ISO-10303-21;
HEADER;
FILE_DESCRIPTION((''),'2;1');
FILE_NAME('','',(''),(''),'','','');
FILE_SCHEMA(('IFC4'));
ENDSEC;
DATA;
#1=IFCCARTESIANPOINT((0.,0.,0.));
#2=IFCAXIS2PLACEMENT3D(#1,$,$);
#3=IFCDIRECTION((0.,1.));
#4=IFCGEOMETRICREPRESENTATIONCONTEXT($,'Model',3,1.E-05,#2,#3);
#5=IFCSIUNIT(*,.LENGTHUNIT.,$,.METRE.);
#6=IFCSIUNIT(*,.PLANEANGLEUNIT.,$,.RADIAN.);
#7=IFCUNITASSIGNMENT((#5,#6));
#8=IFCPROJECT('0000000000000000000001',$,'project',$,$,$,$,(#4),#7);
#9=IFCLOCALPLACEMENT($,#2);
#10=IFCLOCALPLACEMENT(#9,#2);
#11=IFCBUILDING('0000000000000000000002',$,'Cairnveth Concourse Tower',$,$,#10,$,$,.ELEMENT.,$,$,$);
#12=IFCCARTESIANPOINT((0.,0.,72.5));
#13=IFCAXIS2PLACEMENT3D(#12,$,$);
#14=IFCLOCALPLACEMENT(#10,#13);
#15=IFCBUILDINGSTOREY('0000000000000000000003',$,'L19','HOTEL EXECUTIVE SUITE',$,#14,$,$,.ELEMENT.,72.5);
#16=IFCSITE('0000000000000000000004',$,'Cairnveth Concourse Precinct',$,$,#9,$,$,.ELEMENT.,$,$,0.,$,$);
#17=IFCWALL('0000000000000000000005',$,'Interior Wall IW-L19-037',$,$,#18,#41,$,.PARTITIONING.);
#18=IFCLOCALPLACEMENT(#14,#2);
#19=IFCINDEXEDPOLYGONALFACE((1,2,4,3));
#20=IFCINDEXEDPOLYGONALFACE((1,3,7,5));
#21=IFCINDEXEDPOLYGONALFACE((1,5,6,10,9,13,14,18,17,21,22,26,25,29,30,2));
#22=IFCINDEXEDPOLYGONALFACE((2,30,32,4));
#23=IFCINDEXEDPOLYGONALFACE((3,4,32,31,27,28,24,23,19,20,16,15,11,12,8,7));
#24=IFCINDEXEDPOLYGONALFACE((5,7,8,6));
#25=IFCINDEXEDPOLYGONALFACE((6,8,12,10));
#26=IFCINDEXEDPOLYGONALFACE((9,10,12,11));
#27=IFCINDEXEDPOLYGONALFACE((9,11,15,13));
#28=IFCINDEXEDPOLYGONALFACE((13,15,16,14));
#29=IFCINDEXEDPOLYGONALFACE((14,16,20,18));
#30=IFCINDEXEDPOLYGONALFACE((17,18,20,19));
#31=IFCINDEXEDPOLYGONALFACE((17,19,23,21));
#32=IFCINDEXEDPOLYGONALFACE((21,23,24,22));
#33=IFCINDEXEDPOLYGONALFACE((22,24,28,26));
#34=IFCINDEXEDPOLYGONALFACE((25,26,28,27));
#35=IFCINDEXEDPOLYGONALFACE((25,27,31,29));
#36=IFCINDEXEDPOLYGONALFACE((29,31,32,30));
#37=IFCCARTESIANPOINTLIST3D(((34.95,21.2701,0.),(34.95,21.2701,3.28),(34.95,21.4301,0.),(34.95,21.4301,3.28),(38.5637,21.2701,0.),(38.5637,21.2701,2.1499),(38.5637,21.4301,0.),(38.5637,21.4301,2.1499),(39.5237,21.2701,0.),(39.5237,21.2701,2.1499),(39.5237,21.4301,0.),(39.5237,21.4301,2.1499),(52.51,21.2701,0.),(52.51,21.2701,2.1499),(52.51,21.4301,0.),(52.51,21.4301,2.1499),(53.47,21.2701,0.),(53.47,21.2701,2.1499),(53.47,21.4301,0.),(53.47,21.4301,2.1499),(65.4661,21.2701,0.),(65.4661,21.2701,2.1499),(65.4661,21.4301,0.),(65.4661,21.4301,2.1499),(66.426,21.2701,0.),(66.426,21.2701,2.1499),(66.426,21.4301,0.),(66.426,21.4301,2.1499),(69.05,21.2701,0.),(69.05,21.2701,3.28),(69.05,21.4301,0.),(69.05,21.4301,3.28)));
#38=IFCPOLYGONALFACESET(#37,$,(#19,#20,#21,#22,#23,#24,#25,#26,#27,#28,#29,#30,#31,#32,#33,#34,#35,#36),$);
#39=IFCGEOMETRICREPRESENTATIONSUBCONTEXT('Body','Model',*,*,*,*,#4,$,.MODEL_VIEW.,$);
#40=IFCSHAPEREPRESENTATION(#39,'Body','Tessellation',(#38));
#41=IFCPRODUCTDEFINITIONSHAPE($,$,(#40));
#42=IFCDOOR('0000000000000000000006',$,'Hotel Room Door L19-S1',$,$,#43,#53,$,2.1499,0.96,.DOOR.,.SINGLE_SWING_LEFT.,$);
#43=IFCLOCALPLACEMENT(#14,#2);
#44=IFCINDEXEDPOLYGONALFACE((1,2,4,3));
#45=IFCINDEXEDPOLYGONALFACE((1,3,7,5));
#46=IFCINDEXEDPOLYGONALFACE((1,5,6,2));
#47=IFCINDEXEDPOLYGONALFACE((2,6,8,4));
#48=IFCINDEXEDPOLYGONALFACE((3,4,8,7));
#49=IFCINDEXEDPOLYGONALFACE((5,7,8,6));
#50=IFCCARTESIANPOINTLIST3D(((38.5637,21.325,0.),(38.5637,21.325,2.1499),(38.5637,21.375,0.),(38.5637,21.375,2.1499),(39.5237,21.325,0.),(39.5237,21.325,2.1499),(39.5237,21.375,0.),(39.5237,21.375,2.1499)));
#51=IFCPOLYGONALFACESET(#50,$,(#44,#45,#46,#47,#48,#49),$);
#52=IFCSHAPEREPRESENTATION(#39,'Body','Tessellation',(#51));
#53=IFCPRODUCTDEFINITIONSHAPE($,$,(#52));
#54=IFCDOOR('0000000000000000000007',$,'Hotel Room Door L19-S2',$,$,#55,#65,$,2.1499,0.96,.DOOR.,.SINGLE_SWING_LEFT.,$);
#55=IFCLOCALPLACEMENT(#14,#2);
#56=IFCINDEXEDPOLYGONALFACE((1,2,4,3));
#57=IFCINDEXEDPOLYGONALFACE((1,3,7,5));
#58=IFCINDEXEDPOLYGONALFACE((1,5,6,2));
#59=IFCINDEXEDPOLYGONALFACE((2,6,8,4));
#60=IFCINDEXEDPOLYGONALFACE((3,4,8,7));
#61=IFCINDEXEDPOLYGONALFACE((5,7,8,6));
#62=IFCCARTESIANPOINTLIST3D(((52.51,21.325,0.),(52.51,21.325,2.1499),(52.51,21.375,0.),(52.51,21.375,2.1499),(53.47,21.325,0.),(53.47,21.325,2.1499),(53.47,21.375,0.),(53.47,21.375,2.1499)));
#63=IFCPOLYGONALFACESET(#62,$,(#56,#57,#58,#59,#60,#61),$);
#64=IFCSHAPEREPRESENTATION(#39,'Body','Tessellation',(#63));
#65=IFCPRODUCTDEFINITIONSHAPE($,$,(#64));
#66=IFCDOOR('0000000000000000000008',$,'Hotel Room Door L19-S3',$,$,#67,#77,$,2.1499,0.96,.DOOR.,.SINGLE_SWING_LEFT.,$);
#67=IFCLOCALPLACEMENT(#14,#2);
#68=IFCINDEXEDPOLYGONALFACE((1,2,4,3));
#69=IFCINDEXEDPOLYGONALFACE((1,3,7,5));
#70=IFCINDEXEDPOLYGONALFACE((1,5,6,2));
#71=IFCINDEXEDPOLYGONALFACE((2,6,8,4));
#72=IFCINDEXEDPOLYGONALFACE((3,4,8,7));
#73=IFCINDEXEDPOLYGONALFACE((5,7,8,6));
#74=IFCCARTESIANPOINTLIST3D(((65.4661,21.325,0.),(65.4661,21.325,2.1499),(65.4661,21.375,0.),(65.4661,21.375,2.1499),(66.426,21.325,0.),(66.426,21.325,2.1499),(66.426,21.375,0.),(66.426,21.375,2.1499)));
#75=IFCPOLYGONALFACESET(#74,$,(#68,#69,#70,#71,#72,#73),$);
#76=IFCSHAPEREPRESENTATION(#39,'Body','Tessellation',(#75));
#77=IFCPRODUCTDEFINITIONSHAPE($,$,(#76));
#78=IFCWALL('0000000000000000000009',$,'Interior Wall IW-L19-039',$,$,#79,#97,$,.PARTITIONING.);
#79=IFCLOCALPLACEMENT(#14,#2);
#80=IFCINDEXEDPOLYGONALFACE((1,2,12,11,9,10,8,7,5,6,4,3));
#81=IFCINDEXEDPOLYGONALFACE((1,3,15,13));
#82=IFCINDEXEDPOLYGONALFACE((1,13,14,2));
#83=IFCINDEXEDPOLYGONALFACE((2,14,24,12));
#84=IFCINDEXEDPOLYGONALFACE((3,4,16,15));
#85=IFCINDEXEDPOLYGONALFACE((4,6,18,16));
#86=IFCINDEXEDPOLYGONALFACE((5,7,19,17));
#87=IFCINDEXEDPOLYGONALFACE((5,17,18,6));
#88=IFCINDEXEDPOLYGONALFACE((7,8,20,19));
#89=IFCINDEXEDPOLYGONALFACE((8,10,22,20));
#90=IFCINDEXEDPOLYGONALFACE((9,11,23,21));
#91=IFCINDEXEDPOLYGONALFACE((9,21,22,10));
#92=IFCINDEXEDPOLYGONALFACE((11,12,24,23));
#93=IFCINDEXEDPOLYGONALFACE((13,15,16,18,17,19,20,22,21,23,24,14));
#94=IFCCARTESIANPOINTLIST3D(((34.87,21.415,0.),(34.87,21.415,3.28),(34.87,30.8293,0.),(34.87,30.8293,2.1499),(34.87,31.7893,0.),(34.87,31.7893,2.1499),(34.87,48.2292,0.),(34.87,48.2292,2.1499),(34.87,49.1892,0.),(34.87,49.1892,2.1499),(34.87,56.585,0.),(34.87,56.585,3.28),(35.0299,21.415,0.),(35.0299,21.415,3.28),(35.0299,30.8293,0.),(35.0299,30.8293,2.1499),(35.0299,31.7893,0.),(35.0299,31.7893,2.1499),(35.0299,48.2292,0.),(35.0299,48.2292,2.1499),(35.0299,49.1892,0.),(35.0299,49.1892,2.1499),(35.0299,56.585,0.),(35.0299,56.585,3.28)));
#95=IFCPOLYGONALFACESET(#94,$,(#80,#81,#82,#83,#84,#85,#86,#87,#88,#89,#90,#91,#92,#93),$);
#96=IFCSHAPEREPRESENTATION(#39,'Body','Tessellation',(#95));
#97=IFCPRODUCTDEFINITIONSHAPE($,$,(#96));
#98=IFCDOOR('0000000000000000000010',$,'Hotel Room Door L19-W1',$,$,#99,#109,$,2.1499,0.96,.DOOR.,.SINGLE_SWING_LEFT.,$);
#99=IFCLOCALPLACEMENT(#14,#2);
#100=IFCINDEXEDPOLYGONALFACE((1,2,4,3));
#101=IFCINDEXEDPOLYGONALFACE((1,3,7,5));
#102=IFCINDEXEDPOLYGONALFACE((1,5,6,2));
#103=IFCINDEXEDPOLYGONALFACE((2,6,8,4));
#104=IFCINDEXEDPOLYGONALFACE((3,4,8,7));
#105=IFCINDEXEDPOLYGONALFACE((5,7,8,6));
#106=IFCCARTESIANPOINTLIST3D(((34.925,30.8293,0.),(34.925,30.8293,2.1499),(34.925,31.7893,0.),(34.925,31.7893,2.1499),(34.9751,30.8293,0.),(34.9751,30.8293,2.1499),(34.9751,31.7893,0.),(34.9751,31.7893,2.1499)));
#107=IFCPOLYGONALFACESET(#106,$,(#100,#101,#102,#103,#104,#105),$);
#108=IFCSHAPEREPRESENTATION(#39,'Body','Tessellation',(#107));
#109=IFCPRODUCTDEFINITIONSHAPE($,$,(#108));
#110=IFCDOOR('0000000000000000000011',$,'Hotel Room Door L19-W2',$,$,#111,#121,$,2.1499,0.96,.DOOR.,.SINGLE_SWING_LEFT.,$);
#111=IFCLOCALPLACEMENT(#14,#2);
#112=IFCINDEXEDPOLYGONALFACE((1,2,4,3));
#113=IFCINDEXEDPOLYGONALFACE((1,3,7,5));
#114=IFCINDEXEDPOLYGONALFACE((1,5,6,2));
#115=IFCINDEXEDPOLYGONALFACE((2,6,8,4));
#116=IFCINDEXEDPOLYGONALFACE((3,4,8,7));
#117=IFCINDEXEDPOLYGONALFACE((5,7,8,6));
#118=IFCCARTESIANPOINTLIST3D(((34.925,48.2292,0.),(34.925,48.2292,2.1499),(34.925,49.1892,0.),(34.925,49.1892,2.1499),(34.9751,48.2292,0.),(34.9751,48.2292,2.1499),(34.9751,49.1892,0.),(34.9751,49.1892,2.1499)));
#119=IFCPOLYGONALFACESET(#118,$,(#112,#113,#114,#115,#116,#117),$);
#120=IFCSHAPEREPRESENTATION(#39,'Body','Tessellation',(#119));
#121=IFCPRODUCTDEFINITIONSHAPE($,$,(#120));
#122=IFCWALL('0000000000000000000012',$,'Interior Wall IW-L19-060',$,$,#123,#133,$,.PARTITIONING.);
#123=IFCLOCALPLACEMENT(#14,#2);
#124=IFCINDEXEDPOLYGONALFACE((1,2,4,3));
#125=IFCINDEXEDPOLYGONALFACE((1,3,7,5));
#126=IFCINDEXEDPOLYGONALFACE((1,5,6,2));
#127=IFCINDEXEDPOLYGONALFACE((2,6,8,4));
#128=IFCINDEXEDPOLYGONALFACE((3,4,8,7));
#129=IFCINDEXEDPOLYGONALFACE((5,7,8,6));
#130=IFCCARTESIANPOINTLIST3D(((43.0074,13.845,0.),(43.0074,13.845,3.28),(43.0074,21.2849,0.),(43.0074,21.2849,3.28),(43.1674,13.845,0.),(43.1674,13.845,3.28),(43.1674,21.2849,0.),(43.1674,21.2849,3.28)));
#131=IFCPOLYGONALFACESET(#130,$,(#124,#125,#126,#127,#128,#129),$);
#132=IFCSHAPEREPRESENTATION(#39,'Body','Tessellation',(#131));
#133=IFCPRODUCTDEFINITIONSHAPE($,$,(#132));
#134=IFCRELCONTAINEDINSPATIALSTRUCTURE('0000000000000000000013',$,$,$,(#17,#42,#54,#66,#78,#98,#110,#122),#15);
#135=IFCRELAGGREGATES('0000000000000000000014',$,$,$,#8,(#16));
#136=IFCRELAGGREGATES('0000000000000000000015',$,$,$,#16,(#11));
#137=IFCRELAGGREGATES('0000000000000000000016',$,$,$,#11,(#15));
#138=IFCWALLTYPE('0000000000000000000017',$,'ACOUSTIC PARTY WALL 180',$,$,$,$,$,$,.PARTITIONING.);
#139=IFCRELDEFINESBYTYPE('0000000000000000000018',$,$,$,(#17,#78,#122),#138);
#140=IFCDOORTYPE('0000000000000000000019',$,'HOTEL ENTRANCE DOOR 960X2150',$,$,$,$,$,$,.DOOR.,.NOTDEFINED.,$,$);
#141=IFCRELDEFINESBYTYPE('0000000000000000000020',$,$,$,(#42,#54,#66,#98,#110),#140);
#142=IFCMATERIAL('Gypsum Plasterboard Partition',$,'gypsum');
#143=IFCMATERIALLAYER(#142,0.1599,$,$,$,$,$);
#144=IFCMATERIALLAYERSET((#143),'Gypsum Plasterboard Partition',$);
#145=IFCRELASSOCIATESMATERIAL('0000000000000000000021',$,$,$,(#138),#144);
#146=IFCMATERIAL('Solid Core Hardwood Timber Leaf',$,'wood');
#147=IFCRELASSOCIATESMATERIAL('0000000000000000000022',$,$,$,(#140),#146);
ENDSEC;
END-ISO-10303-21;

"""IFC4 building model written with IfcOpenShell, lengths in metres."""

from ifc_helpers import new_model, si_unit, direction, frame, frame_2d, origin, place, context, subcontext, project, spatial, rectangle, extrude, material, layer, layer_set, type_object, element, fill, save


model = new_model("IFC4")

# Units and contexts
model_context = context("Model", 3, precision=1e-05, world=origin(), true_north=direction((0.0, 1.0)))
body_context = subcontext(model_context, "Body", "Model", "MODEL_VIEW")
ifc_project = project(units=[si_unit("LENGTHUNIT", "METRE"), si_unit("PLANEANGLEUNIT", "RADIAN")], contexts=[model_context])

# Site, building, storey
site_placement = place(None, origin())
site = spatial("IfcSite", under=ifc_project, at=site_placement, Name="Cairnveth Concourse Precinct", CompositionType="ELEMENT", RefElevation=0.0)
building_placement = place(site_placement, origin())
building = spatial("IfcBuilding", under=site, at=building_placement, Name="Cairnveth Concourse Tower", CompositionType="ELEMENT")
storey_placement = place(building_placement, frame((0.0, 0.0, 72.5)))
storey = spatial("IfcBuildingStorey", under=building, at=storey_placement, Name="L19", Description="HOTEL EXECUTIVE SUITE", CompositionType="ELEMENT", Elevation=72.5)

# Walls, openings, doors
ifc_material_1 = material(Name="Gypsum Plasterboard Partition", Category="gypsum")
ifc_layer_1 = layer(ifc_material_1, 0.1599)
ifc_layer_set_1 = layer_set([ifc_layer_1], Name="Gypsum Plasterboard Partition")
wall_type_1 = type_object("IfcWallType", Name="ACOUSTIC PARTY WALL 180", PredefinedType="PARTITIONING", material=ifc_layer_set_1)
wall_1_placement = place(storey_placement, frame((34.95, 21.3501, 0.0), z_axis=(0.0, 0.0, 1.0), x_axis=(1.0, 0.0, 0.0)))
wall_1 = element("IfcWall", 1, at=wall_1_placement, inside=storey, type_object=wall_type_1, Name="Interior Wall IW-L19-037", PredefinedType="PARTITIONING", context=body_context, shape_type="SweptSolid", body=[
    extrude(rectangle(XDim=34.1001, YDim=0.1599, at=frame_2d((17.05, 0.0))), origin(), (0.0, 0.0, 1.0), 3.28),
])
opening_1_placement = place(wall_1_placement, frame((3.6138, 0.0, 0.0)))
opening_1 = element("IfcOpeningElement", 2, at=opening_1_placement, cuts=wall_1, PredefinedType="OPENING", context=body_context, shape_type="SweptSolid", body=[
    extrude(rectangle(XDim=0.96, YDim=2.1499, at=frame_2d((0.48, 1.075))), frame((0.0, 0.0898, 0.0), z_axis=(0.0, -1.0, 0.0), x_axis=(1.0, 0.0, 0.0)), (0.0, 0.0, 1.0), 0.1799),
])
opening_2_placement = place(wall_1_placement, frame((17.5601, 0.0, 0.0)))
opening_2 = element("IfcOpeningElement", 3, at=opening_2_placement, cuts=wall_1, PredefinedType="OPENING", context=body_context, shape_type="SweptSolid", body=[
    extrude(rectangle(XDim=0.96, YDim=2.1499, at=frame_2d((0.48, 1.075))), frame((0.0, 0.0898, 0.0), z_axis=(0.0, -1.0, 0.0), x_axis=(1.0, 0.0, 0.0)), (0.0, 0.0, 1.0), 0.1799),
])
opening_3_placement = place(wall_1_placement, frame((30.5161, 0.0, 0.0)))
opening_3 = element("IfcOpeningElement", 4, at=opening_3_placement, cuts=wall_1, PredefinedType="OPENING", context=body_context, shape_type="SweptSolid", body=[
    extrude(rectangle(XDim=0.96, YDim=2.1499, at=frame_2d((0.48, 1.075))), frame((0.0, 0.0898, 0.0), z_axis=(0.0, -1.0, 0.0), x_axis=(1.0, 0.0, 0.0)), (0.0, 0.0, 1.0), 0.1799),
])
ifc_material_2 = material(Name="Solid Core Hardwood Timber Leaf", Category="wood")
door_type_1 = type_object("IfcDoorType", Name="HOTEL ENTRANCE DOOR 960X2150", OperationType="NOTDEFINED", PredefinedType="DOOR", material=ifc_material_2)
door_1_placement = place(opening_1_placement, origin())
door_1 = element("IfcDoor", 5, at=door_1_placement, inside=storey, type_object=door_type_1, Name="Hotel Room Door L19-S1", OperationType="SINGLE_SWING_LEFT", OverallHeight=2.1499, OverallWidth=0.96, PredefinedType="DOOR", context=body_context, shape_type="SweptSolid", body=[
    extrude(rectangle(XDim=0.96, YDim=2.1499, at=frame_2d((0.48, 1.075))), frame((0.0, 0.0249, 0.0), z_axis=(0.0, -1.0, 0.0), x_axis=(1.0, 0.0, 0.0)), (0.0, 0.0, 1.0), 0.05),
])
fill(opening_1, door_1)
door_2_placement = place(opening_2_placement, origin())
door_2 = element("IfcDoor", 6, at=door_2_placement, inside=storey, type_object=door_type_1, Name="Hotel Room Door L19-S2", OperationType="SINGLE_SWING_LEFT", OverallHeight=2.1499, OverallWidth=0.96, PredefinedType="DOOR", context=body_context, shape_type="SweptSolid", body=[
    extrude(rectangle(XDim=0.96, YDim=2.1499, at=frame_2d((0.48, 1.075))), frame((0.0, 0.0249, 0.0), z_axis=(0.0, -1.0, 0.0), x_axis=(1.0, 0.0, 0.0)), (0.0, 0.0, 1.0), 0.05),
])
fill(opening_2, door_2)
door_3_placement = place(opening_3_placement, origin())
door_3 = element("IfcDoor", 7, at=door_3_placement, inside=storey, type_object=door_type_1, Name="Hotel Room Door L19-S3", OperationType="SINGLE_SWING_LEFT", OverallHeight=2.1499, OverallWidth=0.96, PredefinedType="DOOR", context=body_context, shape_type="SweptSolid", body=[
    extrude(rectangle(XDim=0.96, YDim=2.1499, at=frame_2d((0.48, 1.075))), frame((0.0, 0.0249, 0.0), z_axis=(0.0, -1.0, 0.0), x_axis=(1.0, 0.0, 0.0)), (0.0, 0.0, 1.0), 0.05),
])
fill(opening_3, door_3)
wall_2_placement = place(storey_placement, frame((34.95, 21.415, 0.0), z_axis=(0.0, 0.0, 1.0), x_axis=(0.0, 1.0, 0.0)))
wall_2 = element("IfcWall", 8, at=wall_2_placement, inside=storey, type_object=wall_type_1, Name="Interior Wall IW-L19-039", PredefinedType="PARTITIONING", context=body_context, shape_type="SweptSolid", body=[
    extrude(rectangle(XDim=35.1699, YDim=0.1599, at=frame_2d((17.585, 0.0))), origin(), (0.0, 0.0, 1.0), 3.28),
])
opening_4_placement = place(wall_2_placement, frame((9.4143, 0.0, 0.0)))
opening_4 = element("IfcOpeningElement", 9, at=opening_4_placement, cuts=wall_2, PredefinedType="OPENING", context=body_context, shape_type="SweptSolid", body=[
    extrude(rectangle(XDim=0.96, YDim=2.1499, at=frame_2d((0.48, 1.075))), frame((0.0, 0.0898, 0.0), z_axis=(0.0, -1.0, 0.0), x_axis=(1.0, 0.0, 0.0)), (0.0, 0.0, 1.0), 0.1799),
])
opening_5_placement = place(wall_2_placement, frame((26.8142, 0.0, 0.0)))
opening_5 = element("IfcOpeningElement", 10, at=opening_5_placement, cuts=wall_2, PredefinedType="OPENING", context=body_context, shape_type="SweptSolid", body=[
    extrude(rectangle(XDim=0.96, YDim=2.1499, at=frame_2d((0.48, 1.075))), frame((0.0, 0.0898, 0.0), z_axis=(0.0, -1.0, 0.0), x_axis=(1.0, 0.0, 0.0)), (0.0, 0.0, 1.0), 0.1799),
])
door_4_placement = place(opening_4_placement, origin())
door_4 = element("IfcDoor", 11, at=door_4_placement, inside=storey, type_object=door_type_1, Name="Hotel Room Door L19-W1", OperationType="SINGLE_SWING_LEFT", OverallHeight=2.1499, OverallWidth=0.96, PredefinedType="DOOR", context=body_context, shape_type="SweptSolid", body=[
    extrude(rectangle(XDim=0.96, YDim=2.1499, at=frame_2d((0.48, 1.075))), frame((0.0, 0.0249, 0.0), z_axis=(0.0, -1.0, 0.0), x_axis=(1.0, 0.0, 0.0)), (0.0, 0.0, 1.0), 0.05),
])
fill(opening_4, door_4)
door_5_placement = place(opening_5_placement, origin())
door_5 = element("IfcDoor", 12, at=door_5_placement, inside=storey, type_object=door_type_1, Name="Hotel Room Door L19-W2", OperationType="SINGLE_SWING_LEFT", OverallHeight=2.1499, OverallWidth=0.96, PredefinedType="DOOR", context=body_context, shape_type="SweptSolid", body=[
    extrude(rectangle(XDim=0.96, YDim=2.1499, at=frame_2d((0.48, 1.075))), frame((0.0, 0.0249, 0.0), z_axis=(0.0, -1.0, 0.0), x_axis=(1.0, 0.0, 0.0)), (0.0, 0.0, 1.0), 0.05),
])
fill(opening_5, door_5)

# Wall
wall_3_placement = place(storey_placement, frame((43.0874, 13.845, 0.0), z_axis=(0.0, 0.0, 1.0), x_axis=(0.0, 1.0, 0.0)))
element("IfcWall", 13, at=wall_3_placement, inside=storey, type_object=wall_type_1, Name="Interior Wall IW-L19-060", PredefinedType="PARTITIONING", context=body_context, shape_type="SweptSolid", body=[
    extrude(rectangle(XDim=7.4399, YDim=0.1599, at=frame_2d((3.72, 0.0))), origin(), (0.0, 0.0, 1.0), 3.28),
])

save(model, "model.ifc")
